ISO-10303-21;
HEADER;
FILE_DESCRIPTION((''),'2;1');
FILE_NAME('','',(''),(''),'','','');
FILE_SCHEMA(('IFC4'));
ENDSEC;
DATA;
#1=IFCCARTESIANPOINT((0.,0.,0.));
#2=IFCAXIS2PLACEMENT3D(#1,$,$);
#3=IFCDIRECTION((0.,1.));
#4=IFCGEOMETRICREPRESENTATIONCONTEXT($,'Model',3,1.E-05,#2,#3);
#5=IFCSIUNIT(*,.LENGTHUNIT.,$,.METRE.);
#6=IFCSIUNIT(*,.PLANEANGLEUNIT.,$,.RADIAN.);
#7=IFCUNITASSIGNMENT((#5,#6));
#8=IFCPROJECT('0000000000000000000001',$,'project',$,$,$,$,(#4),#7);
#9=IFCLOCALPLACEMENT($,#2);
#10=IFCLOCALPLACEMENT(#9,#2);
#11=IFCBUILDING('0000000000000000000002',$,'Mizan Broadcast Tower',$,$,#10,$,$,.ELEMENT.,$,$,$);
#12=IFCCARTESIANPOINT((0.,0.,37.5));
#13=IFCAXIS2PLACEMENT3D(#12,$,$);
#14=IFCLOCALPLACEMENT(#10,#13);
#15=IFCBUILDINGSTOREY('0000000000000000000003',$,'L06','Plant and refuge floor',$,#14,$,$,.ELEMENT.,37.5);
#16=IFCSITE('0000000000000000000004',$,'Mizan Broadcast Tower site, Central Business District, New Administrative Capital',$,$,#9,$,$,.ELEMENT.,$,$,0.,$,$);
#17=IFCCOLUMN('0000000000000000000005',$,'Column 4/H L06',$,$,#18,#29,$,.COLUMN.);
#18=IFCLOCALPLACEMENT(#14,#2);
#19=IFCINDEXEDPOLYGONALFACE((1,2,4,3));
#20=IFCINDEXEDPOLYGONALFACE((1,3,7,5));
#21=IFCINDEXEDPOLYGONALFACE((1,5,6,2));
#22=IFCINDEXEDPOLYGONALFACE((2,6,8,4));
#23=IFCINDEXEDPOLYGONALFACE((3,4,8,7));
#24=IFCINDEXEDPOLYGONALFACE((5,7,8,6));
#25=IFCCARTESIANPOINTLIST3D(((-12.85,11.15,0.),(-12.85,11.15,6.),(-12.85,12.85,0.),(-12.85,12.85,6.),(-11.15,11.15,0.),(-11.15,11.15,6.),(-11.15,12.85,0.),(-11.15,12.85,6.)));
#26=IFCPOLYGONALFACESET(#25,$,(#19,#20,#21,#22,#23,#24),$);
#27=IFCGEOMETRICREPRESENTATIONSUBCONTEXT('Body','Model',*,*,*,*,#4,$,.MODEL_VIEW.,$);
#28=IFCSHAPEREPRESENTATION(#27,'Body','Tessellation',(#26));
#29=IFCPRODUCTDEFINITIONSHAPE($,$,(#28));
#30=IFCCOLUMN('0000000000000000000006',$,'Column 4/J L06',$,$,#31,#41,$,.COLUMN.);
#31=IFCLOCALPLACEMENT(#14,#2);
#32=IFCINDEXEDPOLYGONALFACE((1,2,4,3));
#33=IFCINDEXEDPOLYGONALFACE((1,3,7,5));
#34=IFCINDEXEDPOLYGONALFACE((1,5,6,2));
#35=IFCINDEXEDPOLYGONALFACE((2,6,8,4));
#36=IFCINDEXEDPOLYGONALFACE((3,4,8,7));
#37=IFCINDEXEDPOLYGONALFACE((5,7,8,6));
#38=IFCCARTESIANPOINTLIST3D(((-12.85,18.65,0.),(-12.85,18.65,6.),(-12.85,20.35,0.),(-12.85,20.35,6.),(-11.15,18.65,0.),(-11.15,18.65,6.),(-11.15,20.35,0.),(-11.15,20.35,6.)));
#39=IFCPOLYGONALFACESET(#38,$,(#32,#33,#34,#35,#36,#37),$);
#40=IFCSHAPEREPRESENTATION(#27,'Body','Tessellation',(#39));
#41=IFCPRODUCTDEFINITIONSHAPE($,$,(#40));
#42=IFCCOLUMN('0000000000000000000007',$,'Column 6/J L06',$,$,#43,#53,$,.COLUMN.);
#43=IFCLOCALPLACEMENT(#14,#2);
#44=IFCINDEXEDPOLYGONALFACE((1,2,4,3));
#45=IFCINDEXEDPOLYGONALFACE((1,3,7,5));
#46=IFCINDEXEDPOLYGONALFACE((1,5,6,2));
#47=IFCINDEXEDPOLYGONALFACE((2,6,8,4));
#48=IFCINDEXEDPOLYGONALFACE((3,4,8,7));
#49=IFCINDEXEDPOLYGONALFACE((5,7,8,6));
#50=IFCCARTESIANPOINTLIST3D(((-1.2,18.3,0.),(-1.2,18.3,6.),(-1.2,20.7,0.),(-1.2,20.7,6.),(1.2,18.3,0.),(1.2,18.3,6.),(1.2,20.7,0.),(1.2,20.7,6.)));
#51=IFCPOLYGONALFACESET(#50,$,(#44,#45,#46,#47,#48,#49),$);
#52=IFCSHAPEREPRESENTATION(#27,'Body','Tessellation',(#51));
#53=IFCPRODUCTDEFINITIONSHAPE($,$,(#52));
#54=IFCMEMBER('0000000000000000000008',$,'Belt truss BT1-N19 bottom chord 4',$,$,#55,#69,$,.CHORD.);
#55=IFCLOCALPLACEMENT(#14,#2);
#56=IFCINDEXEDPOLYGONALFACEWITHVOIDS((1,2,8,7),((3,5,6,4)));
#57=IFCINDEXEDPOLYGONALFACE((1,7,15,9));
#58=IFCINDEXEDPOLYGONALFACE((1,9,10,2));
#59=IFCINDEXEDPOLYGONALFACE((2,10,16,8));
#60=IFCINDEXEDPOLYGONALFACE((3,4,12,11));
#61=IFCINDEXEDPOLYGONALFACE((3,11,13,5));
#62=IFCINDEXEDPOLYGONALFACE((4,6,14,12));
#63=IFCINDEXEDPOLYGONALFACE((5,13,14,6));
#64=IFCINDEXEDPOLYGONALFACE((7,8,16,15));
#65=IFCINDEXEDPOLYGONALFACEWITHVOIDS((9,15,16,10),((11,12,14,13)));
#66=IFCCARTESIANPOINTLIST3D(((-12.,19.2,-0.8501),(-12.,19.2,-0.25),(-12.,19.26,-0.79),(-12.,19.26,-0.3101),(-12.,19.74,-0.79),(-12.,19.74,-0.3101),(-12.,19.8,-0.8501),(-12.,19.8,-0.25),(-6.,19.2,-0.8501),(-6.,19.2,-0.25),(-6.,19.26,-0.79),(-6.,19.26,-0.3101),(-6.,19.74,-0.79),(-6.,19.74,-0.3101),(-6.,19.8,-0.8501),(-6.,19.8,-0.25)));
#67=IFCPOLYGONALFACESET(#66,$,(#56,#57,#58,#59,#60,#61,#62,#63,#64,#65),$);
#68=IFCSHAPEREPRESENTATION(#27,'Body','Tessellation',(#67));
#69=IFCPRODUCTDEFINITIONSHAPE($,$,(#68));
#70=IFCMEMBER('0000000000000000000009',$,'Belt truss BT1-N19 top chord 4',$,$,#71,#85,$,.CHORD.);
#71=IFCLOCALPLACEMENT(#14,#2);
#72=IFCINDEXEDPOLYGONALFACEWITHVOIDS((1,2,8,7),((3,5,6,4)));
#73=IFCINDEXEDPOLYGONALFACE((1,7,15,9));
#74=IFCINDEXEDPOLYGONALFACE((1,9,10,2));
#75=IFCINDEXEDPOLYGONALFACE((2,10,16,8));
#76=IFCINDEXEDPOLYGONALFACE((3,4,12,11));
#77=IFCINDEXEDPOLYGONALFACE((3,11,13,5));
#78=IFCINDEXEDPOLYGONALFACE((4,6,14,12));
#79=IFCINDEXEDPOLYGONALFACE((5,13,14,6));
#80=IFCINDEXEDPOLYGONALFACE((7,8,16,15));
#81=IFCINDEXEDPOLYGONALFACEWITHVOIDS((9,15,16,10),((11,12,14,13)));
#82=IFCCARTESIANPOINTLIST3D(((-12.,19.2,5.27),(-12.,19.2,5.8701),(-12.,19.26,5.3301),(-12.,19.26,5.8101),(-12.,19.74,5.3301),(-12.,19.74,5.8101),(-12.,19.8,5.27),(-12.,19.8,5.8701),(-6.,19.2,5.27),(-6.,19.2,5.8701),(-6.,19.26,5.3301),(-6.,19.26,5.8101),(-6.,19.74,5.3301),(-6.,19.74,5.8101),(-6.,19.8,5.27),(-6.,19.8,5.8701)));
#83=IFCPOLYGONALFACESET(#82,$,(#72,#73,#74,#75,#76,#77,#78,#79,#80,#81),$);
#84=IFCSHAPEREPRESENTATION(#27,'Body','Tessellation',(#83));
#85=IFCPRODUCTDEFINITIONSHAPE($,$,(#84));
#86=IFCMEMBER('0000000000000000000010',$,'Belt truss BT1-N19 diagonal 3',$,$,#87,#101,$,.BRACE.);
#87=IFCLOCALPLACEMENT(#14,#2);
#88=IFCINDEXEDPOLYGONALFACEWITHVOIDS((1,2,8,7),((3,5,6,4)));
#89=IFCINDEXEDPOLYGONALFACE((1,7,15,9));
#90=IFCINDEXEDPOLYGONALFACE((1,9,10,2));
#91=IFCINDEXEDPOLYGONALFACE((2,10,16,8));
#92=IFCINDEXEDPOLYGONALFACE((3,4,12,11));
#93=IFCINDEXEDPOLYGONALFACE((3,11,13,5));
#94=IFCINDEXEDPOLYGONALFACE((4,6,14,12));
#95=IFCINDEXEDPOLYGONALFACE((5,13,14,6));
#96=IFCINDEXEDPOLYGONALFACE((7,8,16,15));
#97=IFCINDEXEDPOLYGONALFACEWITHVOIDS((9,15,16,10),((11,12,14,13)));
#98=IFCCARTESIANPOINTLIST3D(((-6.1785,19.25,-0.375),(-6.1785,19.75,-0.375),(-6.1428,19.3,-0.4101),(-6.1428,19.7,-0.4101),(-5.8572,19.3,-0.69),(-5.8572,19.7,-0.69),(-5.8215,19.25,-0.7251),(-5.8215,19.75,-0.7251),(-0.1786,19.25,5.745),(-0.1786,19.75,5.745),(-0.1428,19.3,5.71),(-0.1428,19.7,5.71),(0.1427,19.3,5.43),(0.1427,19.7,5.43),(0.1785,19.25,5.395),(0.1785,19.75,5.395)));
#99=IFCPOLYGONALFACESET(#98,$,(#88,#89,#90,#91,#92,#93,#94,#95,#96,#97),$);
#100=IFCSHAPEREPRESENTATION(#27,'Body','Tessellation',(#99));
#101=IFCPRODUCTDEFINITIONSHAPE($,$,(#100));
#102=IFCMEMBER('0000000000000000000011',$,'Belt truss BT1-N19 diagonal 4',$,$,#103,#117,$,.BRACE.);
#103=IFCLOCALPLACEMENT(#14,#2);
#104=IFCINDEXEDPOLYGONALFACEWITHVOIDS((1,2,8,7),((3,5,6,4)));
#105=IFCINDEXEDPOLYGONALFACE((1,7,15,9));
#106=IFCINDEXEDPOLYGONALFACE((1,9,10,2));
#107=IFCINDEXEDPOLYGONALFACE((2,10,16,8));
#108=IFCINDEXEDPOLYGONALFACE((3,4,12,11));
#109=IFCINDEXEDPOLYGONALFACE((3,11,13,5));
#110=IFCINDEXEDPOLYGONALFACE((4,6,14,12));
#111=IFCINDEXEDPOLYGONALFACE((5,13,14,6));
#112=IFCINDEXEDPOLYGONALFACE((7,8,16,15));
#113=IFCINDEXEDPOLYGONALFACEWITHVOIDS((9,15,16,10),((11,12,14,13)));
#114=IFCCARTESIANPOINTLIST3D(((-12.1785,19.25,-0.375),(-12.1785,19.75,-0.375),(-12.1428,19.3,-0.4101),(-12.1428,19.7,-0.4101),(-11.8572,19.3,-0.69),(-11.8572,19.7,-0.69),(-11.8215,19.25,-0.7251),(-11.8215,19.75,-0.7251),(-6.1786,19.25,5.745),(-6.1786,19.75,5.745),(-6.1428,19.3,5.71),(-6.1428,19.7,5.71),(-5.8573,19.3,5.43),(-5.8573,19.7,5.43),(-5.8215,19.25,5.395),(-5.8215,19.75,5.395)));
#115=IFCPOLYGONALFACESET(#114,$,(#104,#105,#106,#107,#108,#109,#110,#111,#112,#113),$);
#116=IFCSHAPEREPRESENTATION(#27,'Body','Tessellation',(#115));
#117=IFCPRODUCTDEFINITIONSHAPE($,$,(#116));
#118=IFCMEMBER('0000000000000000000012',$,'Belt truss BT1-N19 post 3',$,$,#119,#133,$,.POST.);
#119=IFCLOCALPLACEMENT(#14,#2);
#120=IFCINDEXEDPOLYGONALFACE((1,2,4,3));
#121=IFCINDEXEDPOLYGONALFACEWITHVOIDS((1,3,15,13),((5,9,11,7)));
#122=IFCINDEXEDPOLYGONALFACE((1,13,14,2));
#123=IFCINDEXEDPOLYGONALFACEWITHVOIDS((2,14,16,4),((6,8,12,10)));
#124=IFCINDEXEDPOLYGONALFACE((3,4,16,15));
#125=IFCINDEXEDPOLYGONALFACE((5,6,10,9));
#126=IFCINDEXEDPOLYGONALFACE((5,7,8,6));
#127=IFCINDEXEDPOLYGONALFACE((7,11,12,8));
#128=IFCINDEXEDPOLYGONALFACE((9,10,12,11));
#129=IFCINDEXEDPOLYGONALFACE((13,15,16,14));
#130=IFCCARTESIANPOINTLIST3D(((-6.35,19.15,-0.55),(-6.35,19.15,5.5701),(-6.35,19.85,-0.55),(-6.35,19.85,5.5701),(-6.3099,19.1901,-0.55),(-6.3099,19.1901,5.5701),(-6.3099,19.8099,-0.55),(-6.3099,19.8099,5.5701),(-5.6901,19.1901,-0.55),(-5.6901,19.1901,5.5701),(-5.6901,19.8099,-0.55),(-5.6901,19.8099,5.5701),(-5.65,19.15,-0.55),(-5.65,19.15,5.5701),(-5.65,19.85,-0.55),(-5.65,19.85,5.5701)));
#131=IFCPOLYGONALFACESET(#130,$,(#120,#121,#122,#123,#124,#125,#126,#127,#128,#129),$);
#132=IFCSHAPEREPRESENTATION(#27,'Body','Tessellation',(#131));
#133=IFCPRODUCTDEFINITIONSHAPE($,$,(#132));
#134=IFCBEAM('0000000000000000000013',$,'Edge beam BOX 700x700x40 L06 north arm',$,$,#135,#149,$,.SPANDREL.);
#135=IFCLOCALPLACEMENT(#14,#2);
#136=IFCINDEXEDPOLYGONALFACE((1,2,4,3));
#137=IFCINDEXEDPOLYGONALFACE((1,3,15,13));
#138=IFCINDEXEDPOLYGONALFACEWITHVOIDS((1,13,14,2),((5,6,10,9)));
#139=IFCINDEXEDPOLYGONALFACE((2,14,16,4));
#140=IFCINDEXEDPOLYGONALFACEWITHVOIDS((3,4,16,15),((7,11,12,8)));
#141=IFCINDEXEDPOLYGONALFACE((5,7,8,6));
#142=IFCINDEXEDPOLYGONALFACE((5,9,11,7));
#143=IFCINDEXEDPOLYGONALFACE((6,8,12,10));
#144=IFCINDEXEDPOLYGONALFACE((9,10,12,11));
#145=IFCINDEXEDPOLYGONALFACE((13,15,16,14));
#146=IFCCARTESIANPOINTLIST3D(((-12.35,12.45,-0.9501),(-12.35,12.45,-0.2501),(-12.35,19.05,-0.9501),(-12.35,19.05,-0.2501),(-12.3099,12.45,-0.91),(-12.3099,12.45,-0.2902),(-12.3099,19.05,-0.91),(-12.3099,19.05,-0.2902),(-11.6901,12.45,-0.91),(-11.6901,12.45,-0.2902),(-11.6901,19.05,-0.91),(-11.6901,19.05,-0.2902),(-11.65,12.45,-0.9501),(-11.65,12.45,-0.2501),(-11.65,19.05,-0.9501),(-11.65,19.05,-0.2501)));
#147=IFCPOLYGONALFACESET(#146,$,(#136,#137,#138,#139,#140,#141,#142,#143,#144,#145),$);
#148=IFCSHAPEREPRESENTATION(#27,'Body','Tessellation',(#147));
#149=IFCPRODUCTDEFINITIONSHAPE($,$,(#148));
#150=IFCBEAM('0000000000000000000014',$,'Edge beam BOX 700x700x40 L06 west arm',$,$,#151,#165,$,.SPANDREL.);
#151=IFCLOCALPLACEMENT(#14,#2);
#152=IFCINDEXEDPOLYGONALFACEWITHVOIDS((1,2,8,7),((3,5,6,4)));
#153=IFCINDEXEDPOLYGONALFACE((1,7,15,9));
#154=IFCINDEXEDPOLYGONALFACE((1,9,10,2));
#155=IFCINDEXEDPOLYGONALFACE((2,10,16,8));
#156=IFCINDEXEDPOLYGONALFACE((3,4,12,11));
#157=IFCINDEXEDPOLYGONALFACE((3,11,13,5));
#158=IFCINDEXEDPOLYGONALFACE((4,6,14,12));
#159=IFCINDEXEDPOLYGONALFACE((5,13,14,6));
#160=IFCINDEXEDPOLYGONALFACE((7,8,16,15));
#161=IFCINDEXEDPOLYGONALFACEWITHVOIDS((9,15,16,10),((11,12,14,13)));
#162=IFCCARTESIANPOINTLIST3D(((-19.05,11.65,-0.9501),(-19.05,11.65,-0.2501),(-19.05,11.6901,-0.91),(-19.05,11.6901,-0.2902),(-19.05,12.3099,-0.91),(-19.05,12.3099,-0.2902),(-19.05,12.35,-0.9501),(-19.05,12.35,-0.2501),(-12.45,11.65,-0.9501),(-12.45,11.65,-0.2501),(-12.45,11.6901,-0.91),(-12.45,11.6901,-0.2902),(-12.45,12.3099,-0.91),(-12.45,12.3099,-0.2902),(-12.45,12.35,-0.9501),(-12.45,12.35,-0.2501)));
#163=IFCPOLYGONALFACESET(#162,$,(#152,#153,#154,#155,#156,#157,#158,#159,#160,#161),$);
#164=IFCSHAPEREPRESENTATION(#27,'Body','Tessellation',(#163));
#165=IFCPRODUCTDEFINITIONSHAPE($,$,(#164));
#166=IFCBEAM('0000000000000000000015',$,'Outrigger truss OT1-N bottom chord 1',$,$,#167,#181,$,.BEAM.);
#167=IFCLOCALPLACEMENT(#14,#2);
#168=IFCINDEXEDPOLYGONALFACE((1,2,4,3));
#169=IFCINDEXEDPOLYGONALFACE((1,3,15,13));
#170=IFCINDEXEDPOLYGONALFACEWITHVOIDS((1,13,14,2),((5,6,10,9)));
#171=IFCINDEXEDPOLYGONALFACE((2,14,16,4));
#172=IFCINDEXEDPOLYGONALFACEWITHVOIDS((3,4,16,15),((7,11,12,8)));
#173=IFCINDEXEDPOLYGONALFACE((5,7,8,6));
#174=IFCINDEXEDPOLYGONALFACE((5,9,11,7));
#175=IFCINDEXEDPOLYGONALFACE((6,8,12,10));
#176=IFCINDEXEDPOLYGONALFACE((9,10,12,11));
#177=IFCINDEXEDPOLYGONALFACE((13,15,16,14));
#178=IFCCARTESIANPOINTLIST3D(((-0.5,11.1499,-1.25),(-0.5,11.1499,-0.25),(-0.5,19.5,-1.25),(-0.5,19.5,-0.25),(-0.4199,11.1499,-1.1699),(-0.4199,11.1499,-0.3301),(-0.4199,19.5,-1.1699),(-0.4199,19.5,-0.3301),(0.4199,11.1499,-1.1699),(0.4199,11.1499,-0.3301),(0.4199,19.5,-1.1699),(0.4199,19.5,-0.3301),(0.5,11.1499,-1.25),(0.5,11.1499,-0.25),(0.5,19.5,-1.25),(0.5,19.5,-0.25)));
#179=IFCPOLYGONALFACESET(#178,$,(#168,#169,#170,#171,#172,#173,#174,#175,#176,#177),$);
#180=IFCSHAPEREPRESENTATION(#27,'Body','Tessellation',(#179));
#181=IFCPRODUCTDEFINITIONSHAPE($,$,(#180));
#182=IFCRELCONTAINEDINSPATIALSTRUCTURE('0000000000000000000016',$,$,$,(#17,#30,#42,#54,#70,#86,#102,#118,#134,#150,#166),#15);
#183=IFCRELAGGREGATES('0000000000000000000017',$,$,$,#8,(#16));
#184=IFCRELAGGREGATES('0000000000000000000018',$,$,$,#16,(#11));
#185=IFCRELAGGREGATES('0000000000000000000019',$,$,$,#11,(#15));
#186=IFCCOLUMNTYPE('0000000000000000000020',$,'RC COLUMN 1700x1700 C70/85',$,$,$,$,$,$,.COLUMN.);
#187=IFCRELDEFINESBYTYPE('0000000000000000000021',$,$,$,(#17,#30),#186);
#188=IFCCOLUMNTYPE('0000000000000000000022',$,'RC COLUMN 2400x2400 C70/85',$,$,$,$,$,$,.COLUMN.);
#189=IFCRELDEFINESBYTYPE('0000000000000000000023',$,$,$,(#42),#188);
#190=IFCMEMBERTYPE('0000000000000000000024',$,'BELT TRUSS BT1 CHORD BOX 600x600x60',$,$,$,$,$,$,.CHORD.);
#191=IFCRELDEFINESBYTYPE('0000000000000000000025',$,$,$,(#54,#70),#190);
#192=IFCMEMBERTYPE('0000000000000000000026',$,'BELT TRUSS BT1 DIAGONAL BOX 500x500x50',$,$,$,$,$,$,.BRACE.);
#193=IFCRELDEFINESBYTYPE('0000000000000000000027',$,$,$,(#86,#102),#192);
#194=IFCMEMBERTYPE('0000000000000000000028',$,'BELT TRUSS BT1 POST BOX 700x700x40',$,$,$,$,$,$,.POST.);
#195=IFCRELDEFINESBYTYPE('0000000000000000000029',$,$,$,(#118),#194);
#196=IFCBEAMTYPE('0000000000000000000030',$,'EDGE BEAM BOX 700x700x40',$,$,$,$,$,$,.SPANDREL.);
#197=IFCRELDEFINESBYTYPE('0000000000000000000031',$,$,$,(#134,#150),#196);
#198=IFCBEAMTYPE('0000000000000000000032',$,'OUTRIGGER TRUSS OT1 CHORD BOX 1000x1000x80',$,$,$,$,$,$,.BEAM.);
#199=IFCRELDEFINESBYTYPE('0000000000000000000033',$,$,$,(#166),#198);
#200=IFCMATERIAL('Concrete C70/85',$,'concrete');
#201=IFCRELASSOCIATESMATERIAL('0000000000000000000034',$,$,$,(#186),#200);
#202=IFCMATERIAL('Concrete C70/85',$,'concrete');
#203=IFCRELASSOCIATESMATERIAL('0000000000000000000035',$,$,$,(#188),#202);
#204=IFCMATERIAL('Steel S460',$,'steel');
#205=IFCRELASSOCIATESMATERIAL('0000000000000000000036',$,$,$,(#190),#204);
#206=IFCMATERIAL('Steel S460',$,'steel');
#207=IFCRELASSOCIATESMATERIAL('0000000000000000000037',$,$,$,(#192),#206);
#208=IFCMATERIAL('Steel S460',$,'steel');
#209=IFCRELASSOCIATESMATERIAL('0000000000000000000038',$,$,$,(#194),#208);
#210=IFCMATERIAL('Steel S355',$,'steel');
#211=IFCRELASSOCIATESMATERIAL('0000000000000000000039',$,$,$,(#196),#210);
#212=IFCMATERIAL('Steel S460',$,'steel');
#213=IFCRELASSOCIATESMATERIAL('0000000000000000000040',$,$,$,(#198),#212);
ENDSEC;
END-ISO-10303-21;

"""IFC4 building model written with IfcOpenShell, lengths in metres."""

from ifc_helpers import new_model, si_unit, direction, frame, origin, origin_2d, place, context, subcontext, project, spatial, rectangle, hollow_rectangle, extrude, material, material_profile, profile_set, type_object, element, save


model = new_model("IFC4")

# Units and contexts
model_context = context("Model", 3, precision=1e-05, world=origin(), true_north=direction((0.0, 1.0)))
body_context = subcontext(model_context, "Body", "Model", "MODEL_VIEW")
ifc_project = project(units=[si_unit("LENGTHUNIT", "METRE"), si_unit("PLANEANGLEUNIT", "RADIAN")], contexts=[model_context])

# Site, building, storey
site_placement = place(None, origin())
site = spatial("IfcSite", under=ifc_project, at=site_placement, Name="Mizan Broadcast Tower site, Central Business District, New Administrative Capital", CompositionType="ELEMENT", RefElevation=0.0)
building_placement = place(site_placement, origin())
building = spatial("IfcBuilding", under=site, at=building_placement, Name="Mizan Broadcast Tower", CompositionType="ELEMENT")
storey_placement = place(building_placement, frame((0.0, 0.0, 37.5)))
storey = spatial("IfcBuildingStorey", under=building, at=storey_placement, Name="L06", Description="Plant and refuge floor", CompositionType="ELEMENT", Elevation=37.5)

# Columns
ifc_material_1 = material(Name="Concrete C70/85", Category="concrete")
ifc_material_profile_1 = material_profile(ifc_material_1, rectangle(XDim=1.7, YDim=1.7, at=origin_2d()), Name="RC 1700x1700")
ifc_profile_set_1 = profile_set([ifc_material_profile_1], Name="Concrete C70/85")
column_type_1 = type_object("IfcColumnType", Name="RC COLUMN 1700x1700 C70/85", PredefinedType="COLUMN", material=ifc_profile_set_1)
for number, where, z_axis, x_axis, name in (
    (1, (-12.0, 12.0, 0.0), (0.0, 0.0, 1.0), (1.0, 0.0, 0.0), "Column 4/H L06"),
    (2, (-12.0, 19.5, 0.0), (0.0, 0.0, 1.0), (1.0, 0.0, 0.0), "Column 4/J L06"),
):
    element("IfcColumn", number, at=place(storey_placement, frame(where, z_axis=z_axis, x_axis=x_axis)), inside=storey, type_object=column_type_1, Name=name, PredefinedType="COLUMN", context=body_context, shape_type="SweptSolid", body=[
        extrude(rectangle(XDim=1.7, YDim=1.7, at=origin_2d()), origin(), (0.0, 0.0, 1.0), 6.0),
    ])
ifc_material_2 = material(Name="Concrete C70/85", Category="concrete")
ifc_material_profile_2 = material_profile(ifc_material_2, rectangle(XDim=2.3999, YDim=2.3999, at=origin_2d()), Name="RC 2400x2400")
ifc_profile_set_2 = profile_set([ifc_material_profile_2], Name="Concrete C70/85")
column_type_2 = type_object("IfcColumnType", Name="RC COLUMN 2400x2400 C70/85", PredefinedType="COLUMN", material=ifc_profile_set_2)
column_placement = place(storey_placement, frame((0.0, 19.5, 0.0), z_axis=(0.0, 0.0, 1.0), x_axis=(1.0, 0.0, 0.0)))
element("IfcColumn", 3, at=column_placement, inside=storey, type_object=column_type_2, Name="Column 6/J L06", PredefinedType="COLUMN", context=body_context, shape_type="SweptSolid", body=[
    extrude(rectangle(XDim=2.3999, YDim=2.3999, at=origin_2d()), origin(), (0.0, 0.0, 1.0), 6.0),
])

# Members
ifc_material_3 = material(Name="Steel S460", Category="steel")
ifc_material_profile_3 = material_profile(ifc_material_3, hollow_rectangle(XDim=0.6001, YDim=0.6001, WallThickness=0.0601, at=origin_2d()), Name="BOX 600x600x60")
ifc_profile_set_3 = profile_set([ifc_material_profile_3], Name="Steel S460")
member_type_1 = type_object("IfcMemberType", Name="BELT TRUSS BT1 CHORD BOX 600x600x60", PredefinedType="CHORD", material=ifc_profile_set_3)
for number, where, z_axis, x_axis, name in (
    (4, (-6.0, 19.5, -0.55), (-1.0, 0.0, 0.0), (0.0, -1.0, 0.0), "Belt truss BT1-N19 bottom chord 4"),
    (5, (-6.0, 19.5, 5.5701), (-1.0, 0.0, 0.0), (0.0, -1.0, 0.0), "Belt truss BT1-N19 top chord 4"),
):
    element("IfcMember", number, at=place(storey_placement, frame(where, z_axis=z_axis, x_axis=x_axis)), inside=storey, type_object=member_type_1, Name=name, PredefinedType="CHORD", context=body_context, shape_type="SweptSolid", body=[
        extrude(hollow_rectangle(XDim=0.6001, YDim=0.6001, WallThickness=0.0601, at=origin_2d()), origin(), (0.0, 0.0, 1.0), 6.0),
    ])
ifc_material_4 = material(Name="Steel S460", Category="steel")
ifc_material_profile_4 = material_profile(ifc_material_4, hollow_rectangle(XDim=0.5, YDim=0.5, WallThickness=0.05, at=origin_2d()), Name="BOX 500x500x50")
ifc_profile_set_4 = profile_set([ifc_material_profile_4], Name="Steel S460")
member_type_2 = type_object("IfcMemberType", Name="BELT TRUSS BT1 DIAGONAL BOX 500x500x50", PredefinedType="BRACE", material=ifc_profile_set_4)
for number, where, z_axis, x_axis, name in (
    (6, (-6.0, 19.5, -0.55), (0.700065, 0.0, 0.71408), (0.0, 1.0, 0.0), "Belt truss BT1-N19 diagonal 3"),
    (7, (-12.0, 19.5, -0.55), (0.700065, 0.0, 0.71408), (0.0, 1.0, 0.0), "Belt truss BT1-N19 diagonal 4"),
):
    element("IfcMember", number, at=place(storey_placement, frame(where, z_axis=z_axis, x_axis=x_axis)), inside=storey, type_object=member_type_2, Name=name, PredefinedType="BRACE", context=body_context, shape_type="SweptSolid", body=[
        extrude(hollow_rectangle(XDim=0.5, YDim=0.5, WallThickness=0.05, at=origin_2d()), origin(), (0.0, 0.0, 1.0), 8.5706),
    ])
ifc_material_5 = material(Name="Steel S460", Category="steel")
ifc_material_profile_5 = material_profile(ifc_material_5, hollow_rectangle(XDim=0.7, YDim=0.7, WallThickness=0.04, at=origin_2d()), Name="BOX 700x700x40")
ifc_profile_set_5 = profile_set([ifc_material_profile_5], Name="Steel S460")
member_type_3 = type_object("IfcMemberType", Name="BELT TRUSS BT1 POST BOX 700x700x40", PredefinedType="POST", material=ifc_profile_set_5)
member_placement = place(storey_placement, frame((-6.0, 19.5, -0.55), z_axis=(0.0, 0.0, 1.0), x_axis=(1.0, 0.0, 0.0)))
element("IfcMember", 8, at=member_placement, inside=storey, type_object=member_type_3, Name="Belt truss BT1-N19 post 3", PredefinedType="POST", context=body_context, shape_type="SweptSolid", body=[
    extrude(hollow_rectangle(XDim=0.7, YDim=0.7, WallThickness=0.04, at=origin_2d()), origin(), (0.0, 0.0, 1.0), 6.1201),
])

# Beams
ifc_material_6 = material(Name="Steel S355", Category="steel")
ifc_material_profile_6 = material_profile(ifc_material_6, hollow_rectangle(XDim=0.7, YDim=0.7, WallThickness=0.04, at=origin_2d()), Name="BOX 700x700x40")
ifc_profile_set_6 = profile_set([ifc_material_profile_6], Name="Steel S355")
beam_type_1 = type_object("IfcBeamType", Name="EDGE BEAM BOX 700x700x40", PredefinedType="SPANDREL", material=ifc_profile_set_6)
for number, where, z_axis, x_axis, name in (
    (9, (-12.0, 12.45, -0.6001), (0.0, 1.0, 0.0), (-1.0, 0.0, 0.0), "Edge beam BOX 700x700x40 L06 north arm"),
    (10, (-12.45, 12.0, -0.6001), (-1.0, 0.0, 0.0), (0.0, -1.0, 0.0), "Edge beam BOX 700x700x40 L06 west arm"),
):
    element("IfcBeam", number, at=place(storey_placement, frame(where, z_axis=z_axis, x_axis=x_axis)), inside=storey, type_object=beam_type_1, Name=name, PredefinedType="SPANDREL", context=body_context, shape_type="SweptSolid", body=[
        extrude(hollow_rectangle(XDim=0.7, YDim=0.7, WallThickness=0.04, at=origin_2d()), origin(), (0.0, 0.0, 1.0), 6.6001),
    ])
ifc_material_7 = material(Name="Steel S460", Category="steel")
ifc_material_profile_7 = material_profile(ifc_material_7, hollow_rectangle(XDim=1.0, YDim=1.0, WallThickness=0.0801, at=origin_2d()), Name="BOX 1000x1000x80")
ifc_profile_set_7 = profile_set([ifc_material_profile_7], Name="Steel S460")
beam_type_2 = type_object("IfcBeamType", Name="OUTRIGGER TRUSS OT1 CHORD BOX 1000x1000x80", PredefinedType="BEAM", material=ifc_profile_set_7)
beam_1_placement = place(storey_placement, frame((0.0, 11.1499, -0.75), z_axis=(0.0, 1.0, 0.0), x_axis=(-1.0, 0.0, 0.0)))
element("IfcBeam", 11, at=beam_1_placement, inside=storey, type_object=beam_type_2, Name="Outrigger truss OT1-N bottom chord 1", PredefinedType="BEAM", context=body_context, shape_type="SweptSolid", body=[
    extrude(hollow_rectangle(XDim=1.0, YDim=1.0, WallThickness=0.0801, at=origin_2d()), origin(), (0.0, 0.0, 1.0), 8.3501),
])

save(model, "model.ifc")
